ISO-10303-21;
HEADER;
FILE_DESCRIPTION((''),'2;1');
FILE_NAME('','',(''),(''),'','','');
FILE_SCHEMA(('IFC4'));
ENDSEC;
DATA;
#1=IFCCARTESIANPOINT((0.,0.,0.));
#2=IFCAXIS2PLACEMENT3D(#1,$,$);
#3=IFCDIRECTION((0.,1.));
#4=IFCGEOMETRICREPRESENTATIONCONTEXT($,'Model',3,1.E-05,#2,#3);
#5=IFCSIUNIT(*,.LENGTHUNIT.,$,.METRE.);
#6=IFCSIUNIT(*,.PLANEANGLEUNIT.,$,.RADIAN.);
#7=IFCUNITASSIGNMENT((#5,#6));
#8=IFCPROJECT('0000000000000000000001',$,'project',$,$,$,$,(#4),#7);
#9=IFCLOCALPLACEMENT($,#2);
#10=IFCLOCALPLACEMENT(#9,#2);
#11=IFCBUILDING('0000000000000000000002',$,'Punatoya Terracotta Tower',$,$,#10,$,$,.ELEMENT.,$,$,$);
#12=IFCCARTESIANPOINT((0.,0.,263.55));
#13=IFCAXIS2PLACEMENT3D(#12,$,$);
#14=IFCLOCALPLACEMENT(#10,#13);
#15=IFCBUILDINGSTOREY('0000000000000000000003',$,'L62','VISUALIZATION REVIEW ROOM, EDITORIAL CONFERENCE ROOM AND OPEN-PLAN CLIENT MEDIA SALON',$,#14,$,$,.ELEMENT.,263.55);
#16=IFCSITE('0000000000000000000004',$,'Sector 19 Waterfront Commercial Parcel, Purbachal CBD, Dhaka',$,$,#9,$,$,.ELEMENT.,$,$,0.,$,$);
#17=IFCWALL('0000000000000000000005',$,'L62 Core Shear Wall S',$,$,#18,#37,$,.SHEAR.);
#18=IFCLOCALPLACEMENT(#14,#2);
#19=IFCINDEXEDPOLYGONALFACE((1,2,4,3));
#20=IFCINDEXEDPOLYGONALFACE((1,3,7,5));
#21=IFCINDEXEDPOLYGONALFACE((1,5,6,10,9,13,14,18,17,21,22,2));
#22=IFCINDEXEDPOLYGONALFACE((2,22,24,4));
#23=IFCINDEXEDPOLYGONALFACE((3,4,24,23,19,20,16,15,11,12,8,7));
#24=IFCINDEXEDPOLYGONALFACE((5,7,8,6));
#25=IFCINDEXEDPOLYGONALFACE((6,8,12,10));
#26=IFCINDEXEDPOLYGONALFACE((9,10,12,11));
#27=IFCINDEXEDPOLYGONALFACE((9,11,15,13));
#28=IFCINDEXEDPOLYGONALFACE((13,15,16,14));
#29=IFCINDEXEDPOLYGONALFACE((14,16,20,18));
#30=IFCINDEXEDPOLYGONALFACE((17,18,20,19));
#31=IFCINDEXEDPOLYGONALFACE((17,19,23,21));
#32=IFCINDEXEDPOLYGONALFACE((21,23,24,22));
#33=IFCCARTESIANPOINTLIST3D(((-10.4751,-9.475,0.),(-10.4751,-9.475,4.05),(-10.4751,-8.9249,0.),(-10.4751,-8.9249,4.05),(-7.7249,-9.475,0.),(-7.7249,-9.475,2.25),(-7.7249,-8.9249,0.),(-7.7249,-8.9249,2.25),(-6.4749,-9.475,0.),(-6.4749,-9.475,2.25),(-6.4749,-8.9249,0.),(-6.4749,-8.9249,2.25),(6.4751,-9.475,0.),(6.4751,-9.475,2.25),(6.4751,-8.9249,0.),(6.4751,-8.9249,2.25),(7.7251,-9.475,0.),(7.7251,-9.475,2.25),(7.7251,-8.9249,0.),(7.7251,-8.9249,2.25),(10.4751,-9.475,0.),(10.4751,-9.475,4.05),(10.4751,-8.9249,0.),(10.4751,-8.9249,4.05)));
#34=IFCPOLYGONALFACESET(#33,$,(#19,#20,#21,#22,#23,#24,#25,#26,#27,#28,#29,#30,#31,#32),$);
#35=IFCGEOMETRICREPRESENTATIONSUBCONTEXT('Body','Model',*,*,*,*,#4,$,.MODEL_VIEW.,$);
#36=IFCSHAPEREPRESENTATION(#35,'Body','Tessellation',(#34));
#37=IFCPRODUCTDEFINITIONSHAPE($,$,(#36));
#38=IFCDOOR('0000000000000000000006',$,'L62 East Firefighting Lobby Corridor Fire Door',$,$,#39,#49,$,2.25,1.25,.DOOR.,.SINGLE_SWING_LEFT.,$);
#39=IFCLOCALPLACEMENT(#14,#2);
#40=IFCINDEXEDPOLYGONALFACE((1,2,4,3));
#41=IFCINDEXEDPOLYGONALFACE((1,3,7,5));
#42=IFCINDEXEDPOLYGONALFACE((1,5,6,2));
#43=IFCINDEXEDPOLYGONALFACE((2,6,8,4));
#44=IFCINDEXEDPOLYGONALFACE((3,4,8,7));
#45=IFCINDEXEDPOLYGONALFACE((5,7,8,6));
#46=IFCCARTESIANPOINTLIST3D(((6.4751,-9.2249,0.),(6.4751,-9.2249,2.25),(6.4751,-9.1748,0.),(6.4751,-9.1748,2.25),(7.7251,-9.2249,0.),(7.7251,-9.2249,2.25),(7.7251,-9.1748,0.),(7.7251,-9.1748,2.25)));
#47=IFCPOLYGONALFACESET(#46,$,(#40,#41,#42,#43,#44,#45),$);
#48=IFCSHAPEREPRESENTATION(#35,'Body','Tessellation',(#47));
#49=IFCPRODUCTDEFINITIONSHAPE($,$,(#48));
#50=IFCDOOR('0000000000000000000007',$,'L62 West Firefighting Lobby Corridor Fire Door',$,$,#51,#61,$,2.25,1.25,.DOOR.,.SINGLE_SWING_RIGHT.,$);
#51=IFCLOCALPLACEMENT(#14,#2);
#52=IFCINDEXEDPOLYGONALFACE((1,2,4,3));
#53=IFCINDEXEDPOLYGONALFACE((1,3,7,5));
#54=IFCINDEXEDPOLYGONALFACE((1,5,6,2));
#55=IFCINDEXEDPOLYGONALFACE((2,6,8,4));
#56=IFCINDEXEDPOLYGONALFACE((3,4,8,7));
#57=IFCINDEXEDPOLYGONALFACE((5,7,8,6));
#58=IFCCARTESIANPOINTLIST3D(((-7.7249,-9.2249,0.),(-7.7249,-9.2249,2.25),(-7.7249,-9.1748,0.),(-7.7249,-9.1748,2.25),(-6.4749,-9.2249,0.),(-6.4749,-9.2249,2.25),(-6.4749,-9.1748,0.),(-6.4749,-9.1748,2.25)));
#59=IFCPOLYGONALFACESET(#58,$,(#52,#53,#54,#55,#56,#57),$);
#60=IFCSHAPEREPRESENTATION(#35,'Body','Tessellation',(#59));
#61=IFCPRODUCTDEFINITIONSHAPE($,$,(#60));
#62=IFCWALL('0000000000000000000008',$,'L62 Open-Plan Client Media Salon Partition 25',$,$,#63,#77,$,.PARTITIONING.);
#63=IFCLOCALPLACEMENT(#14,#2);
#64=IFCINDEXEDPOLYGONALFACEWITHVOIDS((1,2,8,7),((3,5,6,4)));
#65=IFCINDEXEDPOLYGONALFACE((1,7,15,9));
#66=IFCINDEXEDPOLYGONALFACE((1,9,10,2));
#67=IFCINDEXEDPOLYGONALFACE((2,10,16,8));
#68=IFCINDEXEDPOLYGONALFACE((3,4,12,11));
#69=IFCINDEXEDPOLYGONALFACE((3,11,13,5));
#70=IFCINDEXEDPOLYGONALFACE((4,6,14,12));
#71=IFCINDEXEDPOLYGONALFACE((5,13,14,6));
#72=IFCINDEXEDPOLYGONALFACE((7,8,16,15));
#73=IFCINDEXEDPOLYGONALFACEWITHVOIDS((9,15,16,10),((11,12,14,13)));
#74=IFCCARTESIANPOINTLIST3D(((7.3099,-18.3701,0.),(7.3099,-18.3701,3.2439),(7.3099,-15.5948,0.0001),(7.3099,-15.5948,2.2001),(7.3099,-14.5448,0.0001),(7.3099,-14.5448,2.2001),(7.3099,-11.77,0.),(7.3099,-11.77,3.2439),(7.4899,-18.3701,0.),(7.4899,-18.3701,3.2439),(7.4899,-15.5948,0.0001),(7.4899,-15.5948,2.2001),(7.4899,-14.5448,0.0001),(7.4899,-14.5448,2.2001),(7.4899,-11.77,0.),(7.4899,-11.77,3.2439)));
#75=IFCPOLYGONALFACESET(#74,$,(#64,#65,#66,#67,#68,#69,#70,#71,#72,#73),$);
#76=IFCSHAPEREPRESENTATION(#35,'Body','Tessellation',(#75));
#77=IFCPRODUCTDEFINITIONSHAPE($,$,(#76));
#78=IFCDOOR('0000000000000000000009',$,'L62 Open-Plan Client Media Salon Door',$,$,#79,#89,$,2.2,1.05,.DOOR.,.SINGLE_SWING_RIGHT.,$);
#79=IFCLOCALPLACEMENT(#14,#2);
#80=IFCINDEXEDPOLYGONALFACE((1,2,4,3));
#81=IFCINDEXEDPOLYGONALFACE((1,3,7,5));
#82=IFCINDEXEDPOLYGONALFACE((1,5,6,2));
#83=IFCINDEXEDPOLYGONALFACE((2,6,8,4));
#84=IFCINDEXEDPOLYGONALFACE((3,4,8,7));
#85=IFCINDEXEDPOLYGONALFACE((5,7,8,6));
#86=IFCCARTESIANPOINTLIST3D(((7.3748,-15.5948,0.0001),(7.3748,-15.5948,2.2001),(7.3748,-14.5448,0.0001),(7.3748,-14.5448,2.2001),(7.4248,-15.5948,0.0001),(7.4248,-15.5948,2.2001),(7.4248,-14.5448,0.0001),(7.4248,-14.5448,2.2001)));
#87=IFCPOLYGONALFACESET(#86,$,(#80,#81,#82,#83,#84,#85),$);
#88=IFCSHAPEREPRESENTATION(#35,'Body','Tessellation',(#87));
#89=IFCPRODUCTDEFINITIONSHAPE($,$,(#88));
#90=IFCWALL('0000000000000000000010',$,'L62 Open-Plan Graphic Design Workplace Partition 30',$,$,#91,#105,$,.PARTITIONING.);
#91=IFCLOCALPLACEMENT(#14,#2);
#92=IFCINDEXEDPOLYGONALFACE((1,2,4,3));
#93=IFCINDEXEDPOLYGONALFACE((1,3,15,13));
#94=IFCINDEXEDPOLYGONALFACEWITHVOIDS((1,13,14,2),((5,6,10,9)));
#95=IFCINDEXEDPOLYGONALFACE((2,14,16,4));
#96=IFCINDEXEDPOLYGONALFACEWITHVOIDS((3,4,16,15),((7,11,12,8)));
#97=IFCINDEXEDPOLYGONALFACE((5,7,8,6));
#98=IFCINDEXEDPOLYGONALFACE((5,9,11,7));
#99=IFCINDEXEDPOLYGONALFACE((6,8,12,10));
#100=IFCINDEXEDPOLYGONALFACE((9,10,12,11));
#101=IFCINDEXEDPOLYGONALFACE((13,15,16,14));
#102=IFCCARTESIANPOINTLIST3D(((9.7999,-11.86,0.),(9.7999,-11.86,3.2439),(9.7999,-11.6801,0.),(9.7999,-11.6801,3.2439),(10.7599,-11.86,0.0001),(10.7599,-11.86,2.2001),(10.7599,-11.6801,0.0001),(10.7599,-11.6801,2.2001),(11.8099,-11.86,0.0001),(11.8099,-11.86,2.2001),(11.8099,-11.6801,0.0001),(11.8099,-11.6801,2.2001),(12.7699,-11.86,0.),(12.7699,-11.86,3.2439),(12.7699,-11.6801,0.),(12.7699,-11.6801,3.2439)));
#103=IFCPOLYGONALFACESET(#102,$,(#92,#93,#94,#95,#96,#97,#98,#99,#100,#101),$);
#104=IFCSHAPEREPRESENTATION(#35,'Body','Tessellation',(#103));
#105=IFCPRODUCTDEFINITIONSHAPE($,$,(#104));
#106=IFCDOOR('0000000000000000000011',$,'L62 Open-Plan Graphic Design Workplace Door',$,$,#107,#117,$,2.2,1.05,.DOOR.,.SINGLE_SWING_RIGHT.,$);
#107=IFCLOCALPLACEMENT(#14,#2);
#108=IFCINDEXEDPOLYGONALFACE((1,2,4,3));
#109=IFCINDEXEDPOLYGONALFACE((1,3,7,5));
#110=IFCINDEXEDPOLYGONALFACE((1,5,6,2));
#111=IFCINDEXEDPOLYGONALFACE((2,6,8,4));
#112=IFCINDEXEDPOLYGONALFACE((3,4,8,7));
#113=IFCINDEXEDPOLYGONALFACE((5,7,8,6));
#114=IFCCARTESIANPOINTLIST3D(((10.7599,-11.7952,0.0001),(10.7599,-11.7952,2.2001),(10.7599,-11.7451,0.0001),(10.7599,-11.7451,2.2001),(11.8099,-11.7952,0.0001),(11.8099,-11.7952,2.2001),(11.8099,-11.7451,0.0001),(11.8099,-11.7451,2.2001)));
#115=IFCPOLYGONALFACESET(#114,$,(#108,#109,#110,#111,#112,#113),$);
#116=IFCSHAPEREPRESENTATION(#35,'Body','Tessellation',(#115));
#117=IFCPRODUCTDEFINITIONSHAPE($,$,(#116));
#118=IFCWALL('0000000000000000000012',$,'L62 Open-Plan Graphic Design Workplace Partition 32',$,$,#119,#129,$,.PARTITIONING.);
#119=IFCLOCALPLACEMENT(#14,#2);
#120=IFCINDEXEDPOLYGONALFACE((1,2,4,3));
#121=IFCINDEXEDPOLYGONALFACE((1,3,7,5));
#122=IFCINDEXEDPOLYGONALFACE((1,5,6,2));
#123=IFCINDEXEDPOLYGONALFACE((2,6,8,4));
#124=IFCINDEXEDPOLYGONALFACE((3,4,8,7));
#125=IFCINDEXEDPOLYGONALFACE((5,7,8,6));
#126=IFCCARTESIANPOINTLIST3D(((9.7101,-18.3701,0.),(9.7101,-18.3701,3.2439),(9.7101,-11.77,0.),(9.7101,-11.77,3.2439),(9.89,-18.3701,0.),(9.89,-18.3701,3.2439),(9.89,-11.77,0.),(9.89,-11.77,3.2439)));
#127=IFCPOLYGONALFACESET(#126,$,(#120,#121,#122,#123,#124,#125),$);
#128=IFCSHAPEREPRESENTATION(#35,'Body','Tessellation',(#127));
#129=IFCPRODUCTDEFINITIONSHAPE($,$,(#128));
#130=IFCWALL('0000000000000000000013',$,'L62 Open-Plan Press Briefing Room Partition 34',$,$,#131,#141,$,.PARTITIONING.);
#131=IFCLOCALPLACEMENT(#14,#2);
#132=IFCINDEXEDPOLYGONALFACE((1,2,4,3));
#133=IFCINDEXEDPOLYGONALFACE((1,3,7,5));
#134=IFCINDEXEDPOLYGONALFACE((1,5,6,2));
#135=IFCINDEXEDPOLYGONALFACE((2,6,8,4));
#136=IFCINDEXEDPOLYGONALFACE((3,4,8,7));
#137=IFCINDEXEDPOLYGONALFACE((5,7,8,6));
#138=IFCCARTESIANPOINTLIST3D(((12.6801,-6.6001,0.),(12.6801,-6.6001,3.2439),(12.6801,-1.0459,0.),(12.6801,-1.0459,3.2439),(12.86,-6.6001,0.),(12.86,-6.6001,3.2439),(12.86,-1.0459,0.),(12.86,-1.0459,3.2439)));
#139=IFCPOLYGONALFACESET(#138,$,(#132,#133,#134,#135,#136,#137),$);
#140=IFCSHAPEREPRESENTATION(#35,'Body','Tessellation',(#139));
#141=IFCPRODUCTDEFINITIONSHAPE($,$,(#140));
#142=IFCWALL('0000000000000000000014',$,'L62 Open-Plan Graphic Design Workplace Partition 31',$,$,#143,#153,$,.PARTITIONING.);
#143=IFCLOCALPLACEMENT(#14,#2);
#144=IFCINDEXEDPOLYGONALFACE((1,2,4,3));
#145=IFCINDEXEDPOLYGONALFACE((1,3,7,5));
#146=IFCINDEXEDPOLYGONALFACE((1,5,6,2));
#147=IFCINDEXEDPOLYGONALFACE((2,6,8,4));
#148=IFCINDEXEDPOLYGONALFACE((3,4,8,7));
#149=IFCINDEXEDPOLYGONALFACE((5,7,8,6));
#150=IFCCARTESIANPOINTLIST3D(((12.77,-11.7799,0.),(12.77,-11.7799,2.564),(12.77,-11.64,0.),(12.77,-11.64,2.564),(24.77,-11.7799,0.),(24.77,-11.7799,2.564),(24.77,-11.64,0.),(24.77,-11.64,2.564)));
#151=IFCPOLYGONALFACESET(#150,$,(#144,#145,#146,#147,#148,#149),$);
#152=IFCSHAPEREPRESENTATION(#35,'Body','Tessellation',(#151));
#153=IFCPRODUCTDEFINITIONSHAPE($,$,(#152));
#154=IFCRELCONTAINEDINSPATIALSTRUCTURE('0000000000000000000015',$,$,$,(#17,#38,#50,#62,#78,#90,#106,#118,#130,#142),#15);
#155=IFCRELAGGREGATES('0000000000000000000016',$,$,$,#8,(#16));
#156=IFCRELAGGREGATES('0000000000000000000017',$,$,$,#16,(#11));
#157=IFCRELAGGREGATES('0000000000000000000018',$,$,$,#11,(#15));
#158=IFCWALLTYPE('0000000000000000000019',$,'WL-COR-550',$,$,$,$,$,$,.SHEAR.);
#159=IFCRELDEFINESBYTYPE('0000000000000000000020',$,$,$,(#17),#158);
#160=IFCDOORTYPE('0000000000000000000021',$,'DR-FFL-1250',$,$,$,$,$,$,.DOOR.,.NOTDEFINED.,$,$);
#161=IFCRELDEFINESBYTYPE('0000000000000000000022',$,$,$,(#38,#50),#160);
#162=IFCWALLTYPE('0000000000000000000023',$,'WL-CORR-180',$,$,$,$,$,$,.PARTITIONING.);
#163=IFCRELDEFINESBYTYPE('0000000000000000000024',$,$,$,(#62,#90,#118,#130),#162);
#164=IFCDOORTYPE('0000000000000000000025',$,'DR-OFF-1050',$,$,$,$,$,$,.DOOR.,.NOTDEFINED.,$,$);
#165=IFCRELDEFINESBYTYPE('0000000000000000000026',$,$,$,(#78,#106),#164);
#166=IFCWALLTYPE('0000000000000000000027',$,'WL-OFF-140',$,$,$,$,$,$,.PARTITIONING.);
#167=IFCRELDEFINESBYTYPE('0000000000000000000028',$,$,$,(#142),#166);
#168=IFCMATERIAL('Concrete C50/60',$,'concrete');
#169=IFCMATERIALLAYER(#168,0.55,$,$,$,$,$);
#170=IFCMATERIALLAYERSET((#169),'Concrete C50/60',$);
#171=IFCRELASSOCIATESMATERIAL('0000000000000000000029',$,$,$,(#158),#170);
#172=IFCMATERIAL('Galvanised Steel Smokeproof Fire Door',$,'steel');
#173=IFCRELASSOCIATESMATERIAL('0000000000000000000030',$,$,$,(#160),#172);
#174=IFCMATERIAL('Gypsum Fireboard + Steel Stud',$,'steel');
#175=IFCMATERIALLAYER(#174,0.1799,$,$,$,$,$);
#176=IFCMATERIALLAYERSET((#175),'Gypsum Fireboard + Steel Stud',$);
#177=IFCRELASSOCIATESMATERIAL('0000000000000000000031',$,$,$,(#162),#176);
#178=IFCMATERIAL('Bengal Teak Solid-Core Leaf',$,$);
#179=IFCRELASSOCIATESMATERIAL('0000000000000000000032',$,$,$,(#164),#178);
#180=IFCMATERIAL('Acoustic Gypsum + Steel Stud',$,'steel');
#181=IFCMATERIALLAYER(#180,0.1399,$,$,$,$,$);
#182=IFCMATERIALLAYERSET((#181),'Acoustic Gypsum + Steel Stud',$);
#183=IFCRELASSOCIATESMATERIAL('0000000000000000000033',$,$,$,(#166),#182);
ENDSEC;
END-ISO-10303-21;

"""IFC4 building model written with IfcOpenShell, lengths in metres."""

from ifc_helpers import new_model, si_unit, direction, frame, frame_2d, origin, place, context, subcontext, project, spatial, rectangle, extrude, material, layer, layer_set, type_object, element, fill, save


model = new_model("IFC4")

# Units and contexts
model_context = context("Model", 3, precision=1e-05, world=origin(), true_north=direction((0.0, 1.0)))
body_context = subcontext(model_context, "Body", "Model", "MODEL_VIEW")
ifc_project = project(units=[si_unit("LENGTHUNIT", "METRE"), si_unit("PLANEANGLEUNIT", "RADIAN")], contexts=[model_context])

# Site, building, storey
site_placement = place(None, origin())
site = spatial("IfcSite", under=ifc_project, at=site_placement, Name="Sector 19 Waterfront Commercial Parcel, Purbachal CBD, Dhaka", CompositionType="ELEMENT", RefElevation=0.0)
building_placement = place(site_placement, origin())
building = spatial("IfcBuilding", under=site, at=building_placement, Name="Punatoya Terracotta Tower", CompositionType="ELEMENT")
storey_placement = place(building_placement, frame((0.0, 0.0, 263.55)))
storey = spatial("IfcBuildingStorey", under=building, at=storey_placement, Name="L62", Description="VISUALIZATION REVIEW ROOM, EDITORIAL CONFERENCE ROOM AND OPEN-PLAN CLIENT MEDIA SALON", CompositionType="ELEMENT", Elevation=263.55)

# Wall, openings, doors
ifc_material_1 = material(Name="Concrete C50/60", Category="concrete")
ifc_layer_1 = layer(ifc_material_1, 0.55)
ifc_layer_set_1 = layer_set([ifc_layer_1], Name="Concrete C50/60")
wall_type_1 = type_object("IfcWallType", Name="WL-COR-550", PredefinedType="SHEAR", material=ifc_layer_set_1)
wall_1_placement = place(storey_placement, frame((10.4751, -9.2, 0.0), z_axis=(0.0, 0.0, 1.0), x_axis=(-1.0, 0.0, 0.0)))
wall_1 = element("IfcWall", 1, at=wall_1_placement, inside=storey, type_object=wall_type_1, Name="L62 Core Shear Wall S", PredefinedType="SHEAR", context=body_context, shape_type="SweptSolid", body=[
    extrude(rectangle(XDim=20.9502, YDim=0.55, at=frame_2d((10.4751, 0.0))), origin(), (0.0, 0.0, 1.0), 4.05),
])
opening_1_placement = place(wall_1_placement, frame((2.75, 0.0, 0.0)))
opening_1 = element("IfcOpeningElement", 2, at=opening_1_placement, cuts=wall_1, PredefinedType="OPENING", context=body_context, shape_type="SweptSolid", body=[
    extrude(rectangle(XDim=1.25, YDim=2.25, at=frame_2d((0.625, 1.125))), frame((0.0, 0.2849, 0.0), z_axis=(0.0, -1.0, 0.0), x_axis=(1.0, 0.0, 0.0)), (0.0, 0.0, 1.0), 0.5701),
])
opening_2_placement = place(wall_1_placement, frame((16.95, 0.0, 0.0)))
opening_2 = element("IfcOpeningElement", 3, at=opening_2_placement, cuts=wall_1, PredefinedType="OPENING", context=body_context, shape_type="SweptSolid", body=[
    extrude(rectangle(XDim=1.25, YDim=2.25, at=frame_2d((0.625, 1.125))), frame((0.0, 0.2849, 0.0), z_axis=(0.0, -1.0, 0.0), x_axis=(1.0, 0.0, 0.0)), (0.0, 0.0, 1.0), 0.5701),
])
ifc_material_2 = material(Name="Galvanised Steel Smokeproof Fire Door", Category="steel")
door_type_1 = type_object("IfcDoorType", Name="DR-FFL-1250", OperationType="NOTDEFINED", PredefinedType="DOOR", material=ifc_material_2)
door_1_placement = place(opening_1_placement, origin())
door_1 = element("IfcDoor", 4, at=door_1_placement, inside=storey, type_object=door_type_1, Name="L62 East Firefighting Lobby Corridor Fire Door", OperationType="SINGLE_SWING_LEFT", OverallHeight=2.25, OverallWidth=1.25, PredefinedType="DOOR", context=body_context, shape_type="SweptSolid", body=[
    extrude(rectangle(XDim=1.25, YDim=2.25, at=frame_2d((0.625, 1.125))), frame((0.0, 0.0249, 0.0), z_axis=(0.0, -1.0, 0.0), x_axis=(1.0, 0.0, 0.0)), (0.0, 0.0, 1.0), 0.05),
])
fill(opening_1, door_1)
door_2_placement = place(opening_2_placement, origin())
door_2 = element("IfcDoor", 5, at=door_2_placement, inside=storey, type_object=door_type_1, Name="L62 West Firefighting Lobby Corridor Fire Door", OperationType="SINGLE_SWING_RIGHT", OverallHeight=2.25, OverallWidth=1.25, PredefinedType="DOOR", context=body_context, shape_type="SweptSolid", body=[
    extrude(rectangle(XDim=1.25, YDim=2.25, at=frame_2d((0.625, 1.125))), frame((0.0, 0.0249, 0.0), z_axis=(0.0, -1.0, 0.0), x_axis=(1.0, 0.0, 0.0)), (0.0, 0.0, 1.0), 0.05),
])
fill(opening_2, door_2)

# Walls, openings, doors
ifc_material_3 = material(Name="Gypsum Fireboard + Steel Stud", Category="steel")
ifc_layer_2 = layer(ifc_material_3, 0.1799)
ifc_layer_set_2 = layer_set([ifc_layer_2], Name="Gypsum Fireboard + Steel Stud")
wall_type_2 = type_object("IfcWallType", Name="WL-CORR-180", PredefinedType="PARTITIONING", material=ifc_layer_set_2)
wall_2_placement = place(storey_placement, frame((7.3999, -11.77, 0.0), z_axis=(0.0, 0.0, 1.0), x_axis=(0.0, -1.0, 0.0)))
wall_2 = element("IfcWall", 6, at=wall_2_placement, inside=storey, type_object=wall_type_2, Name="L62 Open-Plan Client Media Salon Partition 25", PredefinedType="PARTITIONING", context=body_context, shape_type="SweptSolid", body=[
    extrude(rectangle(XDim=6.6001, YDim=0.1799, at=frame_2d((3.3, 0.0))), origin(), (0.0, 0.0, 1.0), 3.2439),
])
opening_3_placement = place(wall_2_placement, frame((2.7749, 0.0, 0.0)))
opening_3 = element("IfcOpeningElement", 7, at=opening_3_placement, cuts=wall_2, PredefinedType="OPENING", context=body_context, shape_type="SweptSolid", body=[
    extrude(rectangle(XDim=1.05, YDim=2.2, at=frame_2d((0.5249, 1.1001))), frame((0.0, 0.0999, 0.0), z_axis=(0.0, -1.0, 0.0), x_axis=(1.0, 0.0, 0.0)), (0.0, 0.0, 1.0), 0.2),
])
ifc_material_4 = material(Name="Bengal Teak Solid-Core Leaf")
door_type_2 = type_object("IfcDoorType", Name="DR-OFF-1050", OperationType="NOTDEFINED", PredefinedType="DOOR", material=ifc_material_4)
door_3_placement = place(opening_3_placement, origin())
door_3 = element("IfcDoor", 8, at=door_3_placement, inside=storey, type_object=door_type_2, Name="L62 Open-Plan Client Media Salon Door", OperationType="SINGLE_SWING_RIGHT", OverallHeight=2.2, OverallWidth=1.05, PredefinedType="DOOR", context=body_context, shape_type="SweptSolid", body=[
    extrude(rectangle(XDim=1.05, YDim=2.2, at=frame_2d((0.5249, 1.1001))), frame((0.0, 0.0249, 0.0), z_axis=(0.0, -1.0, 0.0), x_axis=(1.0, 0.0, 0.0)), (0.0, 0.0, 1.0), 0.05),
])
fill(opening_3, door_3)
wall_3_placement = place(storey_placement, frame((9.8, -11.77, 0.0), z_axis=(0.0, 0.0, 1.0), x_axis=(1.0, 0.0, 0.0)))
wall_3 = element("IfcWall", 9, at=wall_3_placement, inside=storey, type_object=wall_type_2, Name="L62 Open-Plan Graphic Design Workplace Partition 30", PredefinedType="PARTITIONING", context=body_context, shape_type="SweptSolid", body=[
    extrude(rectangle(XDim=2.97, YDim=0.1799, at=frame_2d((1.4849, 0.0))), origin(), (0.0, 0.0, 1.0), 3.2439),
])
opening_4_placement = place(wall_3_placement, frame((0.96, 0.0, 0.0)))
opening_4 = element("IfcOpeningElement", 10, at=opening_4_placement, cuts=wall_3, PredefinedType="OPENING", context=body_context, shape_type="SweptSolid", body=[
    extrude(rectangle(XDim=1.05, YDim=2.2, at=frame_2d((0.5249, 1.1001))), frame((0.0, 0.0999, 0.0), z_axis=(0.0, -1.0, 0.0), x_axis=(1.0, 0.0, 0.0)), (0.0, 0.0, 1.0), 0.2),
])
door_4_placement = place(opening_4_placement, origin())
door_4 = element("IfcDoor", 11, at=door_4_placement, inside=storey, type_object=door_type_2, Name="L62 Open-Plan Graphic Design Workplace Door", OperationType="SINGLE_SWING_RIGHT", OverallHeight=2.2, OverallWidth=1.05, PredefinedType="DOOR", context=body_context, shape_type="SweptSolid", body=[
    extrude(rectangle(XDim=1.05, YDim=2.2, at=frame_2d((0.5249, 1.1001))), frame((0.0, 0.0249, 0.0), z_axis=(0.0, -1.0, 0.0), x_axis=(1.0, 0.0, 0.0)), (0.0, 0.0, 1.0), 0.05),
])
fill(opening_4, door_4)

# Walls
wall_4_placement = place(storey_placement, frame((9.8, -18.3701, 0.0), z_axis=(0.0, 0.0, 1.0), x_axis=(0.0, 1.0, 0.0)))
element("IfcWall", 12, at=wall_4_placement, inside=storey, type_object=wall_type_2, Name="L62 Open-Plan Graphic Design Workplace Partition 32", PredefinedType="PARTITIONING", context=body_context, shape_type="SweptSolid", body=[
    extrude(rectangle(XDim=6.6001, YDim=0.1799, at=frame_2d((3.3, 0.0))), origin(), (0.0, 0.0, 1.0), 3.2439),
])
wall_5_placement = place(storey_placement, frame((12.77, -6.6001, 0.0), z_axis=(0.0, 0.0, 1.0), x_axis=(0.0, 1.0, 0.0)))
element("IfcWall", 13, at=wall_5_placement, inside=storey, type_object=wall_type_2, Name="L62 Open-Plan Press Briefing Room Partition 34", PredefinedType="PARTITIONING", context=body_context, shape_type="SweptSolid", body=[
    extrude(rectangle(XDim=5.5542, YDim=0.1799, at=frame_2d((2.7771, 0.0))), origin(), (0.0, 0.0, 1.0), 3.2439),
])
ifc_material_5 = material(Name="Acoustic Gypsum + Steel Stud", Category="steel")
ifc_layer_3 = layer(ifc_material_5, 0.1399)
ifc_layer_set_3 = layer_set([ifc_layer_3], Name="Acoustic Gypsum + Steel Stud")
wall_type_3 = type_object("IfcWallType", Name="WL-OFF-140", PredefinedType="PARTITIONING", material=ifc_layer_set_3)
wall_6_placement = place(storey_placement, frame((12.77, -11.71, 0.0), z_axis=(0.0, 0.0, 1.0), x_axis=(1.0, 0.0, 0.0)))
element("IfcWall", 14, at=wall_6_placement, inside=storey, type_object=wall_type_3, Name="L62 Open-Plan Graphic Design Workplace Partition 31", PredefinedType="PARTITIONING", context=body_context, shape_type="SweptSolid", body=[
    extrude(rectangle(XDim=12.0, YDim=0.1399, at=frame_2d((6.0, 0.0))), origin(), (0.0, 0.0, 1.0), 2.564),
])

save(model, "model.ifc")
